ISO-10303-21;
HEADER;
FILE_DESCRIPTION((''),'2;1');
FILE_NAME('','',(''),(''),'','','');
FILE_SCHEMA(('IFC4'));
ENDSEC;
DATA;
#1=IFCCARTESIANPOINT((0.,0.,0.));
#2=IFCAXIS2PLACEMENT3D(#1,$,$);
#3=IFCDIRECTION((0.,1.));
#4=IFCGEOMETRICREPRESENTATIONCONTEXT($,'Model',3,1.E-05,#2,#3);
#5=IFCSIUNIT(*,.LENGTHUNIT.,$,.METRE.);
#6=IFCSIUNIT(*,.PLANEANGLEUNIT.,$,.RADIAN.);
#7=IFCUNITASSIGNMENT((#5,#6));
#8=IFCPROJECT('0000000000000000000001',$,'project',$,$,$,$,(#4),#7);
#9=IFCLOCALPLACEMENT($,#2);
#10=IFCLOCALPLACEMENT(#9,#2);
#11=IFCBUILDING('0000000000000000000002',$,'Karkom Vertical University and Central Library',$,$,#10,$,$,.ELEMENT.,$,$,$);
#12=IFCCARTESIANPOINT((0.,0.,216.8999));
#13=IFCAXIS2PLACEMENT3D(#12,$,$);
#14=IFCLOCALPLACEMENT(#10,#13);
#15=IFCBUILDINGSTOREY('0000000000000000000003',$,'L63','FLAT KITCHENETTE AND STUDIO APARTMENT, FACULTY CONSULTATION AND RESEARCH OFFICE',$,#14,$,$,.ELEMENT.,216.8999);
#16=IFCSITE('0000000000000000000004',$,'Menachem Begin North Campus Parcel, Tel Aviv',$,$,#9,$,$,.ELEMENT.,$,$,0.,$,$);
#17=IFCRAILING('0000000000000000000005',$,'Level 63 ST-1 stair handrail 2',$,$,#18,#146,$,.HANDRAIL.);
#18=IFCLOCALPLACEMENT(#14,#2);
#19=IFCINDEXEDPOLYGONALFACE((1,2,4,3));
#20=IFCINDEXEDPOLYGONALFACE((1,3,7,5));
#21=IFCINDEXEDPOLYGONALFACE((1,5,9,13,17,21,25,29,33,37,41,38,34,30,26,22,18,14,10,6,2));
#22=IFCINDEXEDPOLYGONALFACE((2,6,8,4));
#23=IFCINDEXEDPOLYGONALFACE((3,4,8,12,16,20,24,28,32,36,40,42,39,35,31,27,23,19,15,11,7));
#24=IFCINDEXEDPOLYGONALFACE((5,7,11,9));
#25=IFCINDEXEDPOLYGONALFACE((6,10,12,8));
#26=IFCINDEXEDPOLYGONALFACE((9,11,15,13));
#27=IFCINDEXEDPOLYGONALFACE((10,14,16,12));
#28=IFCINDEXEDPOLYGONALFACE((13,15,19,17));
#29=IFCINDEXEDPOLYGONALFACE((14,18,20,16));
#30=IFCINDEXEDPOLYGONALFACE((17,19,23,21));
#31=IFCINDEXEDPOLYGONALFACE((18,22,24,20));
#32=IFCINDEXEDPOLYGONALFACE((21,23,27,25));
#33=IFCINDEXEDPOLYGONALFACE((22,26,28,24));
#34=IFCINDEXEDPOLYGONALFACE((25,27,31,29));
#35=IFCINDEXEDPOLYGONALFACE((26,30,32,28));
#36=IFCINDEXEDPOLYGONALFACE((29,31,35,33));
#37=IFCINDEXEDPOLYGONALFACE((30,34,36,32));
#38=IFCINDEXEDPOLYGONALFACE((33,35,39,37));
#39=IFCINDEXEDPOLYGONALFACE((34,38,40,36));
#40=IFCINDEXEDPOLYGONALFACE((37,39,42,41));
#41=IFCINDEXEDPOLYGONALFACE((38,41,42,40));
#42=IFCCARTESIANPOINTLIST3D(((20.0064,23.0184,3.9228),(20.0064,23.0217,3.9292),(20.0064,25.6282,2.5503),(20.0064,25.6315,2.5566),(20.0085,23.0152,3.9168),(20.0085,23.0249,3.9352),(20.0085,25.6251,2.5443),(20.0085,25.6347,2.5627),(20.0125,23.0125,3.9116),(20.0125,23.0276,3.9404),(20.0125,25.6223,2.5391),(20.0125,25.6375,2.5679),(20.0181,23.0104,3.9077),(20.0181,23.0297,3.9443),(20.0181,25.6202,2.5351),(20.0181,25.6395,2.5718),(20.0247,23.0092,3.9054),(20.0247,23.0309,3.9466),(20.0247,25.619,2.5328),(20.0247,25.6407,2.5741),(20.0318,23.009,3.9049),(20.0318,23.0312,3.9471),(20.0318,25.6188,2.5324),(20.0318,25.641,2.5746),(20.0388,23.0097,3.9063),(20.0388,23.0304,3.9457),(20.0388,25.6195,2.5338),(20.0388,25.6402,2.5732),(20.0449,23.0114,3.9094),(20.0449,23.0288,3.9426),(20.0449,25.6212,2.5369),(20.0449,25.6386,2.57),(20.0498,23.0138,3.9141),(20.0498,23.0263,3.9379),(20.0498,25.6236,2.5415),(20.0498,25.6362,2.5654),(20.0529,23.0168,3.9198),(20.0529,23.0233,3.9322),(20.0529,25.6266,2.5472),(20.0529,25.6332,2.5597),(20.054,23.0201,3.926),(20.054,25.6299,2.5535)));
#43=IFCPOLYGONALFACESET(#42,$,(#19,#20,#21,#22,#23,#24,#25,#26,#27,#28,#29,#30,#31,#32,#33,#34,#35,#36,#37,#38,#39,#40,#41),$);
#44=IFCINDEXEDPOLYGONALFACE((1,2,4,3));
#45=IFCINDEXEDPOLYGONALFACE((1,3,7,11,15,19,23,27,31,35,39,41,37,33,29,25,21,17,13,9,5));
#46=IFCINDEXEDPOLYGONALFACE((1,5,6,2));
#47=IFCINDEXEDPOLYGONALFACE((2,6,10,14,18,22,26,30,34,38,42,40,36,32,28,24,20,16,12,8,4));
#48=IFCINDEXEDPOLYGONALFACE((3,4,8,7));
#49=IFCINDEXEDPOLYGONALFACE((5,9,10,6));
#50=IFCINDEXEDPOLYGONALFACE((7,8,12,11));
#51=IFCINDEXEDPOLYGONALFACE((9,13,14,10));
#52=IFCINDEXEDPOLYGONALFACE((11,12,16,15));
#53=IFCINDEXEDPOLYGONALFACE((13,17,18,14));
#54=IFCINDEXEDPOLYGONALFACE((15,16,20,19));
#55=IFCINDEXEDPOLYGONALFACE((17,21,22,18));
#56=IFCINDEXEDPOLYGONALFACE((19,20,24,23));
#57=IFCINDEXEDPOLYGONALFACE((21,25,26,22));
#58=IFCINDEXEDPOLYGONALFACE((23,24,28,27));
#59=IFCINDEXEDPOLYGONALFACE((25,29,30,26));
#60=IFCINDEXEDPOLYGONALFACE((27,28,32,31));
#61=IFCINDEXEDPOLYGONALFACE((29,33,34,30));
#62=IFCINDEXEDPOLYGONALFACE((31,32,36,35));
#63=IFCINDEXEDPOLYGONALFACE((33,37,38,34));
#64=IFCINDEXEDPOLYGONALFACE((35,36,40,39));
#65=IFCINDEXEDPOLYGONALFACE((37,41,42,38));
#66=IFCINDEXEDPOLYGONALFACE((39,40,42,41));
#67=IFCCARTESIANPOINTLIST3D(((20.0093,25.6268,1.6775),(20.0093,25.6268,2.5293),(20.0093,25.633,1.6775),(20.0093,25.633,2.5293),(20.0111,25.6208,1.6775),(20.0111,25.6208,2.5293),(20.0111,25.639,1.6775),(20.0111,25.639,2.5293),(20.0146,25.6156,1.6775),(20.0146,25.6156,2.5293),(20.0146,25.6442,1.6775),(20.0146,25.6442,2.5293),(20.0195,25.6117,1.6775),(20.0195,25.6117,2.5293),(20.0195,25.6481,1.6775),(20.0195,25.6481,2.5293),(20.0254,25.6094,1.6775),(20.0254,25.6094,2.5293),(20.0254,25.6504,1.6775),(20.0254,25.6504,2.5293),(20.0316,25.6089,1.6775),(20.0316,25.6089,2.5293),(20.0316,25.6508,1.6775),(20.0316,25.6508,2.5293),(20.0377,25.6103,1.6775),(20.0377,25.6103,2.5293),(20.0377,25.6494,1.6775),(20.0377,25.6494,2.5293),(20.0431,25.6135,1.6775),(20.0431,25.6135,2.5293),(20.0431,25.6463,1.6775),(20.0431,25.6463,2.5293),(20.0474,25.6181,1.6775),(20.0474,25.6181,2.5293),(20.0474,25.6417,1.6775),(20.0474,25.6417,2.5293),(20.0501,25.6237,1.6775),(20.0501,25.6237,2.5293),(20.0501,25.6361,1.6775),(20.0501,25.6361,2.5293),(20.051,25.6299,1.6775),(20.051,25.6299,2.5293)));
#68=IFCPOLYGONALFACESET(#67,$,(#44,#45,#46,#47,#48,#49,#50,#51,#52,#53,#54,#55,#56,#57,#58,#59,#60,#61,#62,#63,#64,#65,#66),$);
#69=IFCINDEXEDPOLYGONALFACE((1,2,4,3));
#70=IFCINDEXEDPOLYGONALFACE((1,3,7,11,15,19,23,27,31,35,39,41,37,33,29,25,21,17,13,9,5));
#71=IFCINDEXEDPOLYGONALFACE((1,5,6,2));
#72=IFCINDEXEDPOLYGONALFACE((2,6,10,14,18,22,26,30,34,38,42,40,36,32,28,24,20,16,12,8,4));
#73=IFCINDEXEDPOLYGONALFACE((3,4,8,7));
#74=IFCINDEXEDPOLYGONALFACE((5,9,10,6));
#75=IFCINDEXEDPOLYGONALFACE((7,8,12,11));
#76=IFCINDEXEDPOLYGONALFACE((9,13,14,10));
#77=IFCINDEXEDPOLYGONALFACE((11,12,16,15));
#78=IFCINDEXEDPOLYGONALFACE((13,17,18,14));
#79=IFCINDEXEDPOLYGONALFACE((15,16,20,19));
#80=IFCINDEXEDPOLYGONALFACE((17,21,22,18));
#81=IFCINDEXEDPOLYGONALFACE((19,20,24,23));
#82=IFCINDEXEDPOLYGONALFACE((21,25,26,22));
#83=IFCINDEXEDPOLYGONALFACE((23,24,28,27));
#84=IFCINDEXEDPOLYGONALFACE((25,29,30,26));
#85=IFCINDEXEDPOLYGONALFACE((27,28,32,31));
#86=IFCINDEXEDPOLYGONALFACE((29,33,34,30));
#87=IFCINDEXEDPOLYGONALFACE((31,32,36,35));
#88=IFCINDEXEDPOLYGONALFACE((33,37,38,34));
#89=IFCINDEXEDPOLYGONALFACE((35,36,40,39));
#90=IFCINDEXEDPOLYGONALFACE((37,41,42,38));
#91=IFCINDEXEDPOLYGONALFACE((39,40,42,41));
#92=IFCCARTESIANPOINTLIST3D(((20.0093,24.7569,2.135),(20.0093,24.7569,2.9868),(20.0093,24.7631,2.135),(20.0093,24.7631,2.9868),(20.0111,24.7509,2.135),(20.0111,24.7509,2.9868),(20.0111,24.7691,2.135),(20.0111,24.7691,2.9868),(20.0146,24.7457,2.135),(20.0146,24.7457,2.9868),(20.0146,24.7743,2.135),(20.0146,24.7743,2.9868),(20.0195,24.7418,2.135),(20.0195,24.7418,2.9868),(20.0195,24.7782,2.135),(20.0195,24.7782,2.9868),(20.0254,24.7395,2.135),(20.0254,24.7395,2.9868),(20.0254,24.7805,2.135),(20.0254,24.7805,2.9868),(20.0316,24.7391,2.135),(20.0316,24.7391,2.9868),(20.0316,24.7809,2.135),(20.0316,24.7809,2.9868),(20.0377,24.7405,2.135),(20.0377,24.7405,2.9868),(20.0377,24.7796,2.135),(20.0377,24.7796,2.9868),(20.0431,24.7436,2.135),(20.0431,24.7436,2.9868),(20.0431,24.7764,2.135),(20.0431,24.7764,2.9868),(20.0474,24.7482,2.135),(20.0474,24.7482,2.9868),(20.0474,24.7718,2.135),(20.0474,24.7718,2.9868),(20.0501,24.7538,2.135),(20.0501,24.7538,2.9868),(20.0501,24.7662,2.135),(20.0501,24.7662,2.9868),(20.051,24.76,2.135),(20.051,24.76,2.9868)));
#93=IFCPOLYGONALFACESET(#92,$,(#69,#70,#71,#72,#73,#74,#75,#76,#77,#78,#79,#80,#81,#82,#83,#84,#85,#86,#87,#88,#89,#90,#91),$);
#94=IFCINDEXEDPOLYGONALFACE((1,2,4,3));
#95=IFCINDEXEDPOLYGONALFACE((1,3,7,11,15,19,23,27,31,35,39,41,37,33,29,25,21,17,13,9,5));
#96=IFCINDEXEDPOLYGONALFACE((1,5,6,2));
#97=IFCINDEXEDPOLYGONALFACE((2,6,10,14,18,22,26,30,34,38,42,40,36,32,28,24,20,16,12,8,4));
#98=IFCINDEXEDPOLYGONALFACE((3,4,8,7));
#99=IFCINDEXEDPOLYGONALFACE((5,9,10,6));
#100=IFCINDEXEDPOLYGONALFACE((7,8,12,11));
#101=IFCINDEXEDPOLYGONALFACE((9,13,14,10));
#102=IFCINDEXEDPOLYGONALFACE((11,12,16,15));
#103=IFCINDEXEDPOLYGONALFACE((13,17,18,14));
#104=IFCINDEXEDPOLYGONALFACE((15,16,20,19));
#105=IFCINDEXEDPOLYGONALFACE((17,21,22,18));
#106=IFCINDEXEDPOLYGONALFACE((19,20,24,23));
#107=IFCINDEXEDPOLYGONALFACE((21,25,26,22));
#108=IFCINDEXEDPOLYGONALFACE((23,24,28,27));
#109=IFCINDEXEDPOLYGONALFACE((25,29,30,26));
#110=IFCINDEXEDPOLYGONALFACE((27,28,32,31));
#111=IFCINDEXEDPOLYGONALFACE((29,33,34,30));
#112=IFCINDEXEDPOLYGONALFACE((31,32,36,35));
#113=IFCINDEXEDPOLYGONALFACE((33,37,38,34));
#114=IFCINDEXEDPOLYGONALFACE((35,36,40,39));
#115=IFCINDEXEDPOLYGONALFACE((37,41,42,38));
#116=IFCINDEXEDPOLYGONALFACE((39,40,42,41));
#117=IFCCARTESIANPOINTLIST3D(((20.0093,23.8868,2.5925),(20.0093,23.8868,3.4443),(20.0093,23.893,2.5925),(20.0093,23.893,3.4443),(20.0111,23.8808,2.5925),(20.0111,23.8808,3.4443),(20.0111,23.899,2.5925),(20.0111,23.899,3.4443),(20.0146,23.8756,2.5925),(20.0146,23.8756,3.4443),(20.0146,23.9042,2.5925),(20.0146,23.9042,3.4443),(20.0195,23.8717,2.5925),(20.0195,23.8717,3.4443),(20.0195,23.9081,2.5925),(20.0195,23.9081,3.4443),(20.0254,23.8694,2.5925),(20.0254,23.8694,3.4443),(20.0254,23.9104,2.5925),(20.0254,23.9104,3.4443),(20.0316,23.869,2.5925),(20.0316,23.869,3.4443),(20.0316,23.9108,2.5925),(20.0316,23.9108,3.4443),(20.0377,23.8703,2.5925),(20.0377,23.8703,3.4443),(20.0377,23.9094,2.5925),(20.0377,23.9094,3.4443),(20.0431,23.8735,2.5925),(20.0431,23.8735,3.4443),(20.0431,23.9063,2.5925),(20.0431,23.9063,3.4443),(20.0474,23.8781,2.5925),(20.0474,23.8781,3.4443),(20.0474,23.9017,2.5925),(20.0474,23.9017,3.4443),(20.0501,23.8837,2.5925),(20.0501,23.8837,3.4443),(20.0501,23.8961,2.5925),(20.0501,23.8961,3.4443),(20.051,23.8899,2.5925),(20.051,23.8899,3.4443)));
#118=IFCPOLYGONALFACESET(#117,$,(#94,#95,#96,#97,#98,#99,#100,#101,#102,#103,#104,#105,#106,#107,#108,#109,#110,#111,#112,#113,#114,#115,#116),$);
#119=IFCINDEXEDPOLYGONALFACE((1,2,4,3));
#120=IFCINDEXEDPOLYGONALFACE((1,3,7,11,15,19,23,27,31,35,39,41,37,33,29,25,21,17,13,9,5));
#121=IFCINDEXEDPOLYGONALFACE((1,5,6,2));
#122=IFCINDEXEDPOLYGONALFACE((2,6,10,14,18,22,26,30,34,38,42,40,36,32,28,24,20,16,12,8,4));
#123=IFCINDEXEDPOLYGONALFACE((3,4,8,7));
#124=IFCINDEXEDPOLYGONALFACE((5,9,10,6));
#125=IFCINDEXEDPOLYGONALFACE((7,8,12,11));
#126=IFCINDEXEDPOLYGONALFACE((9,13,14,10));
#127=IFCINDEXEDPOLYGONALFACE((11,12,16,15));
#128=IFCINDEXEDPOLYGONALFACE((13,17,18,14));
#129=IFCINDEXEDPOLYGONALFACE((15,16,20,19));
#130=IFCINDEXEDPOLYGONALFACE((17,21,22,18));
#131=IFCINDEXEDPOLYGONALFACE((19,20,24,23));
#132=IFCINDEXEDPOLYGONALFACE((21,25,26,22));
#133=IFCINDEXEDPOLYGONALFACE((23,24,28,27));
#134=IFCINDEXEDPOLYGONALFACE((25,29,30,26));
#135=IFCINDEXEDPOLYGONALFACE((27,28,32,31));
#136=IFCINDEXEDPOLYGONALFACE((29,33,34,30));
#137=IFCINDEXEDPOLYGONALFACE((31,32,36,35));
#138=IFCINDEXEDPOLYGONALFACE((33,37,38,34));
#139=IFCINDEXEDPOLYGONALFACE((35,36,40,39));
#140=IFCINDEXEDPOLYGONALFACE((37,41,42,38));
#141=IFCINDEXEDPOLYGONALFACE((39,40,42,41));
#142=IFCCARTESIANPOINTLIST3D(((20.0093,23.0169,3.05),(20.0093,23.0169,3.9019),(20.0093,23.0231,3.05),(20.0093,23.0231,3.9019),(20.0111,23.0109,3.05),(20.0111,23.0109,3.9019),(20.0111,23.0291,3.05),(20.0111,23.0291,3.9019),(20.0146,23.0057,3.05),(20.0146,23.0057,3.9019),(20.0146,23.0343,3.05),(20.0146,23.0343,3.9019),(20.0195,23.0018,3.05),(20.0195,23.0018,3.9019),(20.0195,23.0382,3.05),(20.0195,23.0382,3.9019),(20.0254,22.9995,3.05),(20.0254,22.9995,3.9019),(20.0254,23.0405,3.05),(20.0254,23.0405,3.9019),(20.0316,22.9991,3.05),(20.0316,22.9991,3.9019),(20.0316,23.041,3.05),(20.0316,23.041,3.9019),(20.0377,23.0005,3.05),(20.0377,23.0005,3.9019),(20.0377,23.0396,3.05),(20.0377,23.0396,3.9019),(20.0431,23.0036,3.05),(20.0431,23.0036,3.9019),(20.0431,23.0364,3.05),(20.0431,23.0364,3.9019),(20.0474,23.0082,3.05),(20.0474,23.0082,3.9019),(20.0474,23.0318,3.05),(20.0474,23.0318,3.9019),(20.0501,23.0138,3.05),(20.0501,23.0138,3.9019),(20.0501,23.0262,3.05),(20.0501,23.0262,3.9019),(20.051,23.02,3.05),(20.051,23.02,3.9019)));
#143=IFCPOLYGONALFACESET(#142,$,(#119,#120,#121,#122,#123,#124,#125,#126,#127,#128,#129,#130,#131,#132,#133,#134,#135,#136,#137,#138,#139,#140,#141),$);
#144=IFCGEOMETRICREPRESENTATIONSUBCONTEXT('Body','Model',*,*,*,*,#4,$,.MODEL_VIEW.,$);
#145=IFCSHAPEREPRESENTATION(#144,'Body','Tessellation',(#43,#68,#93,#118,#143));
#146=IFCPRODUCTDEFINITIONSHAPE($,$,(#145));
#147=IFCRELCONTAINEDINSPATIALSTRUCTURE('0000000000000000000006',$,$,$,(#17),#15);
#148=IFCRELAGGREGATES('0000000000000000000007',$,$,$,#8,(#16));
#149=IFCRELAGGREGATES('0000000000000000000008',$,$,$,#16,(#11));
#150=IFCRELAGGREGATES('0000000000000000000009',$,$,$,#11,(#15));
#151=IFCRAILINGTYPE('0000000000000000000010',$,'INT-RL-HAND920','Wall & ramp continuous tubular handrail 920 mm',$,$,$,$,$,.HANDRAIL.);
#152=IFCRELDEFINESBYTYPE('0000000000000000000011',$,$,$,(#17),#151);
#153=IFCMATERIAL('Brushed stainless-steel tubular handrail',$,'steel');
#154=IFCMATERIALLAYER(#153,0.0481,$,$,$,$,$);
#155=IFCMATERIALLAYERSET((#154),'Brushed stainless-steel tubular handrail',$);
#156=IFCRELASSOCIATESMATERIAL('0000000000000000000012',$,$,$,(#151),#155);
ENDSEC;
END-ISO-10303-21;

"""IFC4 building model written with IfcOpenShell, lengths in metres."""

from ifc_helpers import new_model, si_unit, direction, frame, origin, origin_2d, place, context, subcontext, project, spatial, circle, extrude, material, layer, layer_set, type_object, element, save


model = new_model("IFC4")

# Units and contexts
model_context = context("Model", 3, precision=1e-05, world=origin(), true_north=direction((0.0, 1.0)))
body_context = subcontext(model_context, "Body", "Model", "MODEL_VIEW")
ifc_project = project(units=[si_unit("LENGTHUNIT", "METRE"), si_unit("PLANEANGLEUNIT", "RADIAN")], contexts=[model_context])

# Site, building, storey
site_placement = place(None, origin())
site = spatial("IfcSite", under=ifc_project, at=site_placement, Name="Menachem Begin North Campus Parcel, Tel Aviv", CompositionType="ELEMENT", RefElevation=0.0)
building_placement = place(site_placement, origin())
building = spatial("IfcBuilding", under=site, at=building_placement, Name="Karkom Vertical University and Central Library", CompositionType="ELEMENT")
storey_placement = place(building_placement, frame((0.0, 0.0, 216.8999)))
storey = spatial("IfcBuildingStorey", under=building, at=storey_placement, Name="L63", Description="FLAT KITCHENETTE AND STUDIO APARTMENT, FACULTY CONSULTATION AND RESEARCH OFFICE", CompositionType="ELEMENT", Elevation=216.8999)

# Railing
ifc_material_1 = material(Name="Brushed stainless-steel tubular handrail", Category="steel")
ifc_layer_1 = layer(ifc_material_1, 0.0481)
ifc_layer_set_1 = layer_set([ifc_layer_1], Name="Brushed stainless-steel tubular handrail")
railing_type_1 = type_object("IfcRailingType", Name="INT-RL-HAND920", Description="Wall & ramp continuous tubular handrail 920 mm", PredefinedType="HANDRAIL", material=ifc_layer_set_1)
railing_1_placement = place(storey_placement, frame((20.03, 25.6299, 1.6775)))
element("IfcRailing", 1, at=railing_1_placement, inside=storey, type_object=railing_type_1, Name="Level 63 ST-1 stair handrail 2", PredefinedType="HANDRAIL", context=body_context, shape_type="SweptSolid", body=[
    extrude(circle(Radius=0.0239, at=origin_2d()), frame((0.0, 0.0, 0.876), z_axis=(0.0, -0.885065, 0.465467), x_axis=(1.0, 0.0, 0.0)), (0.0, 0.0, 1.0), 2.9487),
    extrude(circle(Radius=0.021, at=origin_2d()), origin(), (0.0, 0.0, 1.0), 0.8518),
    extrude(circle(Radius=0.021, at=origin_2d()), frame((0.0, -0.8699, 0.4575)), (0.0, 0.0, 1.0), 0.8518),
    extrude(circle(Radius=0.021, at=origin_2d()), frame((0.0, -1.74, 0.915)), (0.0, 0.0, 1.0), 0.8518),
    extrude(circle(Radius=0.021, at=origin_2d()), frame((0.0, -2.6099, 1.3726)), (0.0, 0.0, 1.0), 0.8518),
])

save(model, "model.ifc")
